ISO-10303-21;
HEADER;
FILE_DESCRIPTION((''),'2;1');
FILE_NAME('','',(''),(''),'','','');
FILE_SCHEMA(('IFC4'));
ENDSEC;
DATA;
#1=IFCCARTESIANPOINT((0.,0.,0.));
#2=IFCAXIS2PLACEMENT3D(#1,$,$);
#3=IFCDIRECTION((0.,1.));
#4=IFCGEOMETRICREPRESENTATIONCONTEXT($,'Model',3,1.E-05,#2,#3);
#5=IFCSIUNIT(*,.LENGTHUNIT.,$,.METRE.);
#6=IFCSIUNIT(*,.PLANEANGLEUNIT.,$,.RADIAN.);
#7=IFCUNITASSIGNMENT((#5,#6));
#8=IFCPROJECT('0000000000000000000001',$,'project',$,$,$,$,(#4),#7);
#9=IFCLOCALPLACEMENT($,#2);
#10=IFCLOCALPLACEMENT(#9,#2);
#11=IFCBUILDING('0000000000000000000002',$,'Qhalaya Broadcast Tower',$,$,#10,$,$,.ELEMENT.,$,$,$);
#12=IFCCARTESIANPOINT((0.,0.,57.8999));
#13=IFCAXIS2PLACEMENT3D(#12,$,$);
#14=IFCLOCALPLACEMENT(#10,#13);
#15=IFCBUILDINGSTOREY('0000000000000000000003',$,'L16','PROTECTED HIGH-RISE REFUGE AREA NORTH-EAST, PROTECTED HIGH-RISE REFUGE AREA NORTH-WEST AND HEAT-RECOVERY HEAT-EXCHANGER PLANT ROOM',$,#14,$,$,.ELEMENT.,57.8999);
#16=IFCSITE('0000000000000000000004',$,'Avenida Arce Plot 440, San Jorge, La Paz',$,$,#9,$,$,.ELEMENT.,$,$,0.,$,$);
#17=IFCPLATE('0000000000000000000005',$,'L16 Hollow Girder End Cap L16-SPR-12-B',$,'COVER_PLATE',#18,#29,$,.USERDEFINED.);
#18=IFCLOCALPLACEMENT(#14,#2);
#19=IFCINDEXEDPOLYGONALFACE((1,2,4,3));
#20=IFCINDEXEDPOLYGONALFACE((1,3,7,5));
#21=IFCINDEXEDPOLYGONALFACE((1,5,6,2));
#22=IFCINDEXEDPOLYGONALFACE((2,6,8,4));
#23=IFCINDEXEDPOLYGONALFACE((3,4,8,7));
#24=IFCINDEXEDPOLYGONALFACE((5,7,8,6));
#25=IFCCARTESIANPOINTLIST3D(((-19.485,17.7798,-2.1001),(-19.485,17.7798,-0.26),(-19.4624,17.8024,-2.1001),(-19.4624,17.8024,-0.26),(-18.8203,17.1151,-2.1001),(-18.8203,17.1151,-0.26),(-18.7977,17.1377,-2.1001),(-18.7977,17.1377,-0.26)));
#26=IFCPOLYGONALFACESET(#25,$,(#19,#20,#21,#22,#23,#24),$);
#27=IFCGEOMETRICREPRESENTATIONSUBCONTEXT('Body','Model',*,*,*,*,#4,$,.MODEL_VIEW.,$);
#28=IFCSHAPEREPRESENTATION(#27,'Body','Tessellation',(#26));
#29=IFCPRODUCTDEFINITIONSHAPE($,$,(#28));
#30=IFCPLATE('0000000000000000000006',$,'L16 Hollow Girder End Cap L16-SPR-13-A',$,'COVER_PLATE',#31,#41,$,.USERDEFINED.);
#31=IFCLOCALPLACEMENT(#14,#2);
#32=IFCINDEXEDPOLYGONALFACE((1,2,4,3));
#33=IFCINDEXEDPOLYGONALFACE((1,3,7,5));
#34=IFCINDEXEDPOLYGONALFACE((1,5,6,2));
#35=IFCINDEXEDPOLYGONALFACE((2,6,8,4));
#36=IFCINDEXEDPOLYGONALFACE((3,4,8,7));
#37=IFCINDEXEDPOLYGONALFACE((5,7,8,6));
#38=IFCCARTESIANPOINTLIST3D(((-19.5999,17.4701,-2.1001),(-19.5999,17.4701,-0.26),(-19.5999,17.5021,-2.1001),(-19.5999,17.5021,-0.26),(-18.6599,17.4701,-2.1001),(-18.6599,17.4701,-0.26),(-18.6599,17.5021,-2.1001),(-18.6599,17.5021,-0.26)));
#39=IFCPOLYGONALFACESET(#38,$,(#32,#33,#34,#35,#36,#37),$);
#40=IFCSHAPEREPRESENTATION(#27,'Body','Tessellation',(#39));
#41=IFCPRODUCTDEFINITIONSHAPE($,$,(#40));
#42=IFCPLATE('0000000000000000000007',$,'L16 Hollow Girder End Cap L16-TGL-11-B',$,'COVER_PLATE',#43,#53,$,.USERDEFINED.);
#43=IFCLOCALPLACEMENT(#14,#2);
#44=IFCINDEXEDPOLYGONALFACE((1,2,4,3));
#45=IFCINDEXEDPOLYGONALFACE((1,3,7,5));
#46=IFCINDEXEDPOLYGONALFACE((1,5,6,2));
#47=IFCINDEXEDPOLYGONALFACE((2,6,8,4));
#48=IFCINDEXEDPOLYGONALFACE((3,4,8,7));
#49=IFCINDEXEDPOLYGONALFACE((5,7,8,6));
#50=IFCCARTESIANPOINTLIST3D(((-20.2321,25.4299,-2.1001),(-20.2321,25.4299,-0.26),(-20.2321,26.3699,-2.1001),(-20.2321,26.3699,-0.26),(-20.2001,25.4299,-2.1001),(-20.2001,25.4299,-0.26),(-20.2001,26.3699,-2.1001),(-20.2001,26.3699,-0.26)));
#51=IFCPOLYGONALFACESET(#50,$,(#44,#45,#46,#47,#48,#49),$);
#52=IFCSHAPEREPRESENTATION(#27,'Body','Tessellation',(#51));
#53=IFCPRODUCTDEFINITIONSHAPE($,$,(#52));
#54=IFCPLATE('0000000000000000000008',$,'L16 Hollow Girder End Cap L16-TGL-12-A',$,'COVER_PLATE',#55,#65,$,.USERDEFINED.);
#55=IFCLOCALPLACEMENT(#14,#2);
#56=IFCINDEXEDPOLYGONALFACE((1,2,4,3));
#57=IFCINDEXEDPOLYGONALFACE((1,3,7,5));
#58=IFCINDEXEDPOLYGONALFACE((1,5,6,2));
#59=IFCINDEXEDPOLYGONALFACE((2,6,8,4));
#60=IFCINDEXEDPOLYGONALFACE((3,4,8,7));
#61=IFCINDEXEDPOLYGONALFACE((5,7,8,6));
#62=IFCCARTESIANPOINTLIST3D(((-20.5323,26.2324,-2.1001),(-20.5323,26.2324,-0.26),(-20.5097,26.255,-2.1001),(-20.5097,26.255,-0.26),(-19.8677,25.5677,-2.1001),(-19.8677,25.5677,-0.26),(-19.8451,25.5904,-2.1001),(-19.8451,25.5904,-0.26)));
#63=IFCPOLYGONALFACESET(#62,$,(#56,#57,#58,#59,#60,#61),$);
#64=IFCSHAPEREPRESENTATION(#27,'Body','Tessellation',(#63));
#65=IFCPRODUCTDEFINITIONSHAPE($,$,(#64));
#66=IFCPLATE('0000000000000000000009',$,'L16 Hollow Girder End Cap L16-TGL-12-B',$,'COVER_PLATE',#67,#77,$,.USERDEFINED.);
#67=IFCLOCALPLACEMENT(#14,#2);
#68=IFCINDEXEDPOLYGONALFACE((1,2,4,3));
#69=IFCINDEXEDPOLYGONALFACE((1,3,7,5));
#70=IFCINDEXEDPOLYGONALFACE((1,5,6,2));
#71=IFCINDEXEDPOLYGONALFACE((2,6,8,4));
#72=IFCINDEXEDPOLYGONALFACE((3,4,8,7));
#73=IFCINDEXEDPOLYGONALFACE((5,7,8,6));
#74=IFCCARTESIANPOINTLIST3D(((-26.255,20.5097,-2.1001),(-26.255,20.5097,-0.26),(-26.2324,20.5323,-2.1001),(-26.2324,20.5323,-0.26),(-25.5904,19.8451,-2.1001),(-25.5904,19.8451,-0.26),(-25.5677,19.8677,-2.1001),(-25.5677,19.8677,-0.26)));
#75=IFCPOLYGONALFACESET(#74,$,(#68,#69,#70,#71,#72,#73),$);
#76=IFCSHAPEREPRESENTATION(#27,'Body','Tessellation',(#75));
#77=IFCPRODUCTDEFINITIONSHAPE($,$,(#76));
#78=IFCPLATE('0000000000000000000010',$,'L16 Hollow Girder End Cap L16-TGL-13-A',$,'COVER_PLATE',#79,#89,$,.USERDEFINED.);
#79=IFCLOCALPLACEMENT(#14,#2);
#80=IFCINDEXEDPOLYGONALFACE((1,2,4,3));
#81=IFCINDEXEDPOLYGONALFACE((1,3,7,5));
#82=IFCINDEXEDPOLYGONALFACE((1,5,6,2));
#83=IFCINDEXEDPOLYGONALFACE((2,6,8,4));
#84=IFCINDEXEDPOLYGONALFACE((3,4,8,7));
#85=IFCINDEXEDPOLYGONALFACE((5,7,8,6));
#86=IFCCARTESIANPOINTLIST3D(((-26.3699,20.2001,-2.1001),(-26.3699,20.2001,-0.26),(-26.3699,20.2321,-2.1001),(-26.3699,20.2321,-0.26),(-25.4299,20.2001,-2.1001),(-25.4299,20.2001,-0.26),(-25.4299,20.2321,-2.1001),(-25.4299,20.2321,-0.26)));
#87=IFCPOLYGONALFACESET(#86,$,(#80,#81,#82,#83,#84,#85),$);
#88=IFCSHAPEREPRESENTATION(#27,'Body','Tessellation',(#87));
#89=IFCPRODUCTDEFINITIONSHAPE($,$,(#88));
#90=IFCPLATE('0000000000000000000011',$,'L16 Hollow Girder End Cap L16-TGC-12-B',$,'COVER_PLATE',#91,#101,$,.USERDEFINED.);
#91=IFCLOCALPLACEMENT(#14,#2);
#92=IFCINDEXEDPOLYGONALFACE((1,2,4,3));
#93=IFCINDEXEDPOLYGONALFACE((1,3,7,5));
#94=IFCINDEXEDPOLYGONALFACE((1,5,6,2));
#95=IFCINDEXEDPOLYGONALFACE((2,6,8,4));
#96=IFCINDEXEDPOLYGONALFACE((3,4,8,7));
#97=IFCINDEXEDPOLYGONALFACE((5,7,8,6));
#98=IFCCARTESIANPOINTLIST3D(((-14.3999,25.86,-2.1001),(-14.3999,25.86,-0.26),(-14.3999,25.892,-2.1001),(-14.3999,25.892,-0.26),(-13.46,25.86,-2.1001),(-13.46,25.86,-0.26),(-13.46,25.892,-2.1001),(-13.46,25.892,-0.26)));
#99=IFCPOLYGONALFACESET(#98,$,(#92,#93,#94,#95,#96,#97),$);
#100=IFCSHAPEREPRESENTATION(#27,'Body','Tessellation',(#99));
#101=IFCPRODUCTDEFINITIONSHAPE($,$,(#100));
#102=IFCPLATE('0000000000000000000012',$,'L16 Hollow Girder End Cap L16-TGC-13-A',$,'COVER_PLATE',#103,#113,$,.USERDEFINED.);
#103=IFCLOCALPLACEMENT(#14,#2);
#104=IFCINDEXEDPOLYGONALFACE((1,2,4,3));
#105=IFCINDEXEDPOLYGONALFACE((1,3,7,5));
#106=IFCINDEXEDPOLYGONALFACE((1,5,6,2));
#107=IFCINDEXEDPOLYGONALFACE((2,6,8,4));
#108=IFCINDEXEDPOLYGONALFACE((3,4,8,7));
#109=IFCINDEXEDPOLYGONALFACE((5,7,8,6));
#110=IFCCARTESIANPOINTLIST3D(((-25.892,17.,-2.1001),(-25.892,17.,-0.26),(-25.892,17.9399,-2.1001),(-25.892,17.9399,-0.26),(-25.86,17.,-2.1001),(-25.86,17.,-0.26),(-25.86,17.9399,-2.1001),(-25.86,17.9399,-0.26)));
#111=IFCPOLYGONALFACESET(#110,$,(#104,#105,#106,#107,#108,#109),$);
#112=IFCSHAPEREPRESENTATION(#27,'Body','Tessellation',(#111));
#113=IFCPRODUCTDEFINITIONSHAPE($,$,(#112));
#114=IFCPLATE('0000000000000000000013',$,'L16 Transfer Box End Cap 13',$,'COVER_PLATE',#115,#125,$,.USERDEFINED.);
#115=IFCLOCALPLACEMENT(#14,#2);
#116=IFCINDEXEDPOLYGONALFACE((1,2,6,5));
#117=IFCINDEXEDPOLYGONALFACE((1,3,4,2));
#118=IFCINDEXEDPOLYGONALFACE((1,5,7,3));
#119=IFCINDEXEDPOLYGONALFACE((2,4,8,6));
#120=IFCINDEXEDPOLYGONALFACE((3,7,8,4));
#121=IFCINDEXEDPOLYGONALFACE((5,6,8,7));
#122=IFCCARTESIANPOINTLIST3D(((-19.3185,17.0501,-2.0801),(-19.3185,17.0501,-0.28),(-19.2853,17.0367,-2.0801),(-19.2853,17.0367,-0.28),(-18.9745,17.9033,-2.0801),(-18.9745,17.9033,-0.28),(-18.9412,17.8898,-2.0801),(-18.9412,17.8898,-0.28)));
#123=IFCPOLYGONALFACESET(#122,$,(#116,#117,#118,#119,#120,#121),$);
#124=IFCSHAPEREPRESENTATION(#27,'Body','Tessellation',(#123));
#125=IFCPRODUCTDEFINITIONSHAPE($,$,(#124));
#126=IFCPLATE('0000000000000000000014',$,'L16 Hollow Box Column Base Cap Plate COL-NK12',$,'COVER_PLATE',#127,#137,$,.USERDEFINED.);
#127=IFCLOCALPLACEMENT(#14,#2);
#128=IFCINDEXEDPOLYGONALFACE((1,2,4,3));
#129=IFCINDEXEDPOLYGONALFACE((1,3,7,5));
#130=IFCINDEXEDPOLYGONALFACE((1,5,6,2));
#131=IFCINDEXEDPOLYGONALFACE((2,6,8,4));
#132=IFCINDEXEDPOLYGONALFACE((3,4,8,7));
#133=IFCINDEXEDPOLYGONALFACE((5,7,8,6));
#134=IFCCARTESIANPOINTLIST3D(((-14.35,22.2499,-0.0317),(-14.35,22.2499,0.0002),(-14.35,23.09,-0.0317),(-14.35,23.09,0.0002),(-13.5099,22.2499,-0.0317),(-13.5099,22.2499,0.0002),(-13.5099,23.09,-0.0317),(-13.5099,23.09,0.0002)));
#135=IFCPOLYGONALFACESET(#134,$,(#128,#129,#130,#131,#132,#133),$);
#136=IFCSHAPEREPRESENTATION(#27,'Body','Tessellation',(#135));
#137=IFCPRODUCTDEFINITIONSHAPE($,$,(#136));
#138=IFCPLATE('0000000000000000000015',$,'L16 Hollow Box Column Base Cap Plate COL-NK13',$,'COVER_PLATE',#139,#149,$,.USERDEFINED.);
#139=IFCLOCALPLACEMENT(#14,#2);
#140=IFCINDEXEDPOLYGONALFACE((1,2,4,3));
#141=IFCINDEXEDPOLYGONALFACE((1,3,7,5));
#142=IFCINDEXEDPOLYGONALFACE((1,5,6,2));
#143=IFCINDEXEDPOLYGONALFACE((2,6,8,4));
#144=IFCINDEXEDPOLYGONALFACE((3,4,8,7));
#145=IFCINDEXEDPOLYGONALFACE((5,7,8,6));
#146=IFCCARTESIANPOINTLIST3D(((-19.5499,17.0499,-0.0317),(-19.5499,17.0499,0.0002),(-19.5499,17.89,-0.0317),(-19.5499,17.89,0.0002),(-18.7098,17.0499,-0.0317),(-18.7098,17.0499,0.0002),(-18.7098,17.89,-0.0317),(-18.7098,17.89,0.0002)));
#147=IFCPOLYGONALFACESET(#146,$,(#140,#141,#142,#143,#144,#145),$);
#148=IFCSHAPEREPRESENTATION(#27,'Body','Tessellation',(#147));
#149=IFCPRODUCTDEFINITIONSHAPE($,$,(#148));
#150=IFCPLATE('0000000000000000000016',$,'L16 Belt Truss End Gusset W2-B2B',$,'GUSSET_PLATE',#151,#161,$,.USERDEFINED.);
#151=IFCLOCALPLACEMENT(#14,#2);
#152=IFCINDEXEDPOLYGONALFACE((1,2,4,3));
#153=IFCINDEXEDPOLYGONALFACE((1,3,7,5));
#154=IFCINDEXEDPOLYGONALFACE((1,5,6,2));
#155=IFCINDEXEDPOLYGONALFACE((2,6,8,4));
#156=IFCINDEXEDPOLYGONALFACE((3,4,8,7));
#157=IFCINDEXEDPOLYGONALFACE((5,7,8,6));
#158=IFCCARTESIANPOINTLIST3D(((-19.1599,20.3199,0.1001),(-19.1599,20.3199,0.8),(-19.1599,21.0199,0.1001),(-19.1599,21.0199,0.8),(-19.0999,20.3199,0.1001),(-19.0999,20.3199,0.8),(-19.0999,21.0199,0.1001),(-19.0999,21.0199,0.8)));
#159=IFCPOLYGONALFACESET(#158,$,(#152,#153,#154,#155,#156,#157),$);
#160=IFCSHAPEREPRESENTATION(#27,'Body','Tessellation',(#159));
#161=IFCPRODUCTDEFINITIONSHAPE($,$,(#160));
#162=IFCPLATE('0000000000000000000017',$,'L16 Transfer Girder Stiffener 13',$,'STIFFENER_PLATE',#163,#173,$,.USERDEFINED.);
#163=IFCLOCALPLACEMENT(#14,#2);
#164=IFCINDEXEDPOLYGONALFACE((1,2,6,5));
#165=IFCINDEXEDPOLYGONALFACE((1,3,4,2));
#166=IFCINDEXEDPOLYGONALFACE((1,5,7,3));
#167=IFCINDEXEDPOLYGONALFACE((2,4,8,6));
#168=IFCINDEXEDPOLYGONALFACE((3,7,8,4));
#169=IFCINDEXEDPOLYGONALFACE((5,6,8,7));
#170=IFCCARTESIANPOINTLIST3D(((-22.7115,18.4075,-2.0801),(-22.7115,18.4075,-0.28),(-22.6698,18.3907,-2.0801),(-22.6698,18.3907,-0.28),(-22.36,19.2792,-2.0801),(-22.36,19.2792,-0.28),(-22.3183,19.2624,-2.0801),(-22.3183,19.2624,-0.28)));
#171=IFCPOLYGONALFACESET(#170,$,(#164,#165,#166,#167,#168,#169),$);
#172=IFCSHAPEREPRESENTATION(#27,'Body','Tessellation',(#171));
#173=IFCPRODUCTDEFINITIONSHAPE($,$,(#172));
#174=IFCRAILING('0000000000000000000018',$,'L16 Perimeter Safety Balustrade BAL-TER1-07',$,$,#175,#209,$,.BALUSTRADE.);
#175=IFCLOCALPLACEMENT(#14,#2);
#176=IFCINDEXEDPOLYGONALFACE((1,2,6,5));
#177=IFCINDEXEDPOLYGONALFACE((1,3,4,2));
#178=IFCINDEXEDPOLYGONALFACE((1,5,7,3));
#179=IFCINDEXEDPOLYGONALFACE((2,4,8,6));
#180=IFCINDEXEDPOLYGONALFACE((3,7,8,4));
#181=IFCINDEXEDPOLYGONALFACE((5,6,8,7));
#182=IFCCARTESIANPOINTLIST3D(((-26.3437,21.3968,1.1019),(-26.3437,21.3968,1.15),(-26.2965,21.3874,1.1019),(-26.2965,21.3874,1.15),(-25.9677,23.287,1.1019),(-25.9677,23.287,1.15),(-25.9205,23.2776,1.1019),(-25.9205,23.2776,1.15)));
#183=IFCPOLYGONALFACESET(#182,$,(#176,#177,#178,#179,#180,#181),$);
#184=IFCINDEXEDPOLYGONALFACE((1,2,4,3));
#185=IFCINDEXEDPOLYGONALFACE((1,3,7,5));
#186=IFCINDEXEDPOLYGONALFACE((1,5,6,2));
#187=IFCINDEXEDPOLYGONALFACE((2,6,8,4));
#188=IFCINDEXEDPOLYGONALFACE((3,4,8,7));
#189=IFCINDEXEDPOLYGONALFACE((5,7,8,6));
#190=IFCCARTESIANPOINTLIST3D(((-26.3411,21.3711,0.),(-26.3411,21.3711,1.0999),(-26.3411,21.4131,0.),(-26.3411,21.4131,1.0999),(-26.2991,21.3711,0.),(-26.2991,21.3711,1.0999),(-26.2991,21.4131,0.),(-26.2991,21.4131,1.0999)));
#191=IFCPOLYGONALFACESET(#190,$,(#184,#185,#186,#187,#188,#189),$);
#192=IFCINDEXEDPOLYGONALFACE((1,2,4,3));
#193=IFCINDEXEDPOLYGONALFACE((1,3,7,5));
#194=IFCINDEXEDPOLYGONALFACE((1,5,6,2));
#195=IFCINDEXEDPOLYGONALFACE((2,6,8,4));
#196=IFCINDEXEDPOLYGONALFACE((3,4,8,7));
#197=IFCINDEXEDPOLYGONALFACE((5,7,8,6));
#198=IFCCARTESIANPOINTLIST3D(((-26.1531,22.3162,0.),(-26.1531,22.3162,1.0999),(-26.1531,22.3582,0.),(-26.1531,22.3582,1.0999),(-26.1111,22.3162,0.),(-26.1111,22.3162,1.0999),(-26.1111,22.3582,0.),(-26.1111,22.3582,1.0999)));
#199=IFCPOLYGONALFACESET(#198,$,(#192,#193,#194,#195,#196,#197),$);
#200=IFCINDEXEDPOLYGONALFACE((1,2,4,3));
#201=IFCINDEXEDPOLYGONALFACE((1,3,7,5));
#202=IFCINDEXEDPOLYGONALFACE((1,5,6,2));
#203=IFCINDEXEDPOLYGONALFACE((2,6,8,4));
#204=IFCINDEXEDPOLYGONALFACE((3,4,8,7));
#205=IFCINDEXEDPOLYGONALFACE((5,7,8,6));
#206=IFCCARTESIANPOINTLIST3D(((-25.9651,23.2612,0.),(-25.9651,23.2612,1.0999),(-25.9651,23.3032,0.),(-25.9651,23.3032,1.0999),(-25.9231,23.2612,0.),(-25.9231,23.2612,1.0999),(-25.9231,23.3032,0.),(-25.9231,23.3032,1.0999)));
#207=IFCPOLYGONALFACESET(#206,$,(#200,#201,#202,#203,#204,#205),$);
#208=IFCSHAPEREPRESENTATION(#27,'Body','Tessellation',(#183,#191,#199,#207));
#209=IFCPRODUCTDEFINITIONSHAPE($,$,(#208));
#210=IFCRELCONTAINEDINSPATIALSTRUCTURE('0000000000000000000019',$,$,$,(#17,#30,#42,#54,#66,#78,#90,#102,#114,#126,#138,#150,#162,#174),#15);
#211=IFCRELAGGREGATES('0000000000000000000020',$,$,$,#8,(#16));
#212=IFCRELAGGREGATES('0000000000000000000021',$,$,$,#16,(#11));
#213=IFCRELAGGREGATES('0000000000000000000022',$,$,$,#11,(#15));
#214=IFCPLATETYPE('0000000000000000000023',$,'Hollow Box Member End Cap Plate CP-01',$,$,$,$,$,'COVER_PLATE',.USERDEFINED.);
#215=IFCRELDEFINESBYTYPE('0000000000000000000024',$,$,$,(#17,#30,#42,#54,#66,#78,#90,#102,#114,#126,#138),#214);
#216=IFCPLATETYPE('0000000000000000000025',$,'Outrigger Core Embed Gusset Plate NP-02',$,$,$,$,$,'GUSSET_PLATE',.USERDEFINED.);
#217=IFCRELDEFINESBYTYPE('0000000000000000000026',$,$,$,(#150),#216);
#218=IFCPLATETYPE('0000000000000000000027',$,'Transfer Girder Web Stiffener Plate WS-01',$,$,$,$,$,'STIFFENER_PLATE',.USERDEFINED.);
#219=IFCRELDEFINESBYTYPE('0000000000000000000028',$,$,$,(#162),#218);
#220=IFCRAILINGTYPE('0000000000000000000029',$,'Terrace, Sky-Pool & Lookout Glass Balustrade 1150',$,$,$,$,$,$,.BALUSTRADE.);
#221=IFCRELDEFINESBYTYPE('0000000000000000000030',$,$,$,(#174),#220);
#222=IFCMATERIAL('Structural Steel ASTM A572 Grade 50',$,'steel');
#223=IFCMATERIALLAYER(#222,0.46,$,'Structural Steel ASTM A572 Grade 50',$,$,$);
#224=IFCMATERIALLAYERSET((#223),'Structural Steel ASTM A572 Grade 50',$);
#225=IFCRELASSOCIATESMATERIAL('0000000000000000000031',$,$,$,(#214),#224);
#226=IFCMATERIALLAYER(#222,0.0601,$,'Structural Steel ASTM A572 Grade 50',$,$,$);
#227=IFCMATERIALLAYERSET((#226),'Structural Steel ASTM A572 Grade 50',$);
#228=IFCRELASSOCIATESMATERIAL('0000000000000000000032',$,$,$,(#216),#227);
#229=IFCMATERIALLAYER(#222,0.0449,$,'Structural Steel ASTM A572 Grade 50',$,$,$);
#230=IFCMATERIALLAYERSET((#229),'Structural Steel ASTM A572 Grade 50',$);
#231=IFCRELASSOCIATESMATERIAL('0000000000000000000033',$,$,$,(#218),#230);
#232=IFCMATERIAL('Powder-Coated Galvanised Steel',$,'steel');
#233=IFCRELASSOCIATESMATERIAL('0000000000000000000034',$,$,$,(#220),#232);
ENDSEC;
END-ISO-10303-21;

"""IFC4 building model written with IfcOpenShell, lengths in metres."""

from ifc_helpers import new_model, si_unit, direction, frame, origin, origin_2d, place, context, subcontext, project, spatial, rectangle, extrude, material, layer, layer_set, type_object, element, save


model = new_model("IFC4")

# Units and contexts
model_context = context("Model", 3, precision=1e-05, world=origin(), true_north=direction((0.0, 1.0)))
body_context = subcontext(model_context, "Body", "Model", "MODEL_VIEW")
ifc_project = project(units=[si_unit("LENGTHUNIT", "METRE"), si_unit("PLANEANGLEUNIT", "RADIAN")], contexts=[model_context])

# Site, building, storey
site_placement = place(None, origin())
site = spatial("IfcSite", under=ifc_project, at=site_placement, Name="Avenida Arce Plot 440, San Jorge, La Paz", CompositionType="ELEMENT", RefElevation=0.0)
building_placement = place(site_placement, origin())
building = spatial("IfcBuilding", under=site, at=building_placement, Name="Qhalaya Broadcast Tower", CompositionType="ELEMENT")
storey_placement = place(building_placement, frame((0.0, 0.0, 57.8999)))
storey = spatial("IfcBuildingStorey", under=building, at=storey_placement, Name="L16", Description="PROTECTED HIGH-RISE REFUGE AREA NORTH-EAST, PROTECTED HIGH-RISE REFUGE AREA NORTH-WEST AND HEAT-RECOVERY HEAT-EXCHANGER PLANT ROOM", CompositionType="ELEMENT", Elevation=57.8999)

# Shared definitions
ifc_material_1 = material(Name="Structural Steel ASTM A572 Grade 50", Category="steel")

# Plates
ifc_layer_1 = layer(ifc_material_1, 0.46, Name="Structural Steel ASTM A572 Grade 50")
ifc_layer_set_1 = layer_set([ifc_layer_1], Name="Structural Steel ASTM A572 Grade 50")
plate_type_1 = type_object("IfcPlateType", Name="Hollow Box Member End Cap Plate CP-01", ElementType="COVER_PLATE", PredefinedType="USERDEFINED", material=ifc_layer_set_1)
for number, where, z_axis, x_axis, name in (
    (1, (-19.1414, 17.4587, -2.1001), (0.0, 0.0, 1.0), (0.707107, -0.707107, 0.0), "L16 Hollow Girder End Cap L16-SPR-12-B"),
    (2, (-19.1299, 17.4861, -2.1001), (0.0, 0.0, 1.0), (1.0, 0.0, 0.0), "L16 Hollow Girder End Cap L16-SPR-13-A"),
    (3, (-20.2161, 25.8999, -2.1001), (0.0, 0.0, 1.0), (0.0, -1.0, 0.0), "L16 Hollow Girder End Cap L16-TGL-11-B"),
    (4, (-20.1887, 25.9114, -2.1001), (0.0, 0.0, 1.0), (0.707107, -0.707107, 0.0), "L16 Hollow Girder End Cap L16-TGL-12-A"),
    (5, (-25.9114, 20.1887, -2.1001), (0.0, 0.0, 1.0), (0.707107, -0.707107, 0.0), "L16 Hollow Girder End Cap L16-TGL-12-B"),
    (6, (-25.8999, 20.2161, -2.1001), (0.0, 0.0, 1.0), (1.0, 0.0, 0.0), "L16 Hollow Girder End Cap L16-TGL-13-A"),
    (7, (-13.9299, 25.876, -2.1001), (0.0, 0.0, 1.0), (-1.0, 0.0, 0.0), "L16 Hollow Girder End Cap L16-TGC-12-B"),
    (8, (-25.876, 17.47, -2.1001), (0.0, 0.0, 1.0), (0.0, 1.0, 0.0), "L16 Hollow Girder End Cap L16-TGC-13-A"),
):
    element("IfcPlate", number, at=place(storey_placement, frame(where, z_axis=z_axis, x_axis=x_axis)), inside=storey, type_object=plate_type_1, Name=name, ObjectType="COVER_PLATE", PredefinedType="USERDEFINED", context=body_context, shape_type="SweptSolid", body=[
        extrude(rectangle(XDim=0.9399, YDim=0.032, at=origin_2d()), origin(), (0.0, 0.0, 1.0), 1.8401),
    ])
plate_1_placement = place(storey_placement, frame((-19.1299, 17.47, -2.0801), z_axis=(0.0, 0.0, 1.0), x_axis=(0.373992, 0.927432, 0.0)))
element("IfcPlate", 9, at=plate_1_placement, inside=storey, type_object=plate_type_1, Name="L16 Transfer Box End Cap 13", ObjectType="COVER_PLATE", PredefinedType="USERDEFINED", context=body_context, shape_type="SweptSolid", body=[
    extrude(rectangle(XDim=0.9199, YDim=0.0359, at=origin_2d()), origin(), (0.0, 0.0, 1.0), 1.8),
])
for number, where, z_axis, x_axis, name in (
    (10, (-13.9299, 22.6699, -0.0317), (0.0, 0.0, 1.0), (1.0, 0.0, 0.0), "L16 Hollow Box Column Base Cap Plate COL-NK12"),
    (11, (-19.1299, 17.47, -0.0317), (0.0, 0.0, 1.0), (0.0, 1.0, 0.0), "L16 Hollow Box Column Base Cap Plate COL-NK13"),
):
    element("IfcPlate", number, at=place(storey_placement, frame(where, z_axis=z_axis, x_axis=x_axis)), inside=storey, type_object=plate_type_1, Name=name, ObjectType="COVER_PLATE", PredefinedType="USERDEFINED", context=body_context, shape_type="SweptSolid", body=[
        extrude(rectangle(XDim=0.8401, YDim=0.8401, at=origin_2d()), origin(), (0.0, 0.0, 1.0), 0.032),
    ])
ifc_layer_2 = layer(ifc_material_1, 0.0601, Name="Structural Steel ASTM A572 Grade 50")
ifc_layer_set_2 = layer_set([ifc_layer_2], Name="Structural Steel ASTM A572 Grade 50")
plate_type_2 = type_object("IfcPlateType", Name="Outrigger Core Embed Gusset Plate NP-02", ElementType="GUSSET_PLATE", PredefinedType="USERDEFINED", material=ifc_layer_set_2)
plate_2_placement = place(storey_placement, frame((-19.1299, 20.6699, 0.1001), z_axis=(0.0, 0.0, 1.0), x_axis=(0.0, 1.0, 0.0)))
element("IfcPlate", 12, at=plate_2_placement, inside=storey, type_object=plate_type_2, Name="L16 Belt Truss End Gusset W2-B2B", ObjectType="GUSSET_PLATE", PredefinedType="USERDEFINED", context=body_context, shape_type="SweptSolid", body=[
    extrude(rectangle(XDim=0.7, YDim=0.0601, at=origin_2d()), origin(), (0.0, 0.0, 1.0), 0.7),
])
ifc_layer_3 = layer(ifc_material_1, 0.0449, Name="Structural Steel ASTM A572 Grade 50")
ifc_layer_set_3 = layer_set([ifc_layer_3], Name="Structural Steel ASTM A572 Grade 50")
plate_type_3 = type_object("IfcPlateType", Name="Transfer Girder Web Stiffener Plate WS-01", ElementType="STIFFENER_PLATE", PredefinedType="USERDEFINED", material=ifc_layer_set_3)
plate_3_placement = place(storey_placement, frame((-22.5149, 18.835, -2.0801), z_axis=(0.0, 0.0, 1.0), x_axis=(0.373992, 0.927432, 0.0)))
element("IfcPlate", 13, at=plate_3_placement, inside=storey, type_object=plate_type_3, Name="L16 Transfer Girder Stiffener 13", ObjectType="STIFFENER_PLATE", PredefinedType="USERDEFINED", context=body_context, shape_type="SweptSolid", body=[
    extrude(rectangle(XDim=0.9399, YDim=0.0449, at=origin_2d()), origin(), (0.0, 0.0, 1.0), 1.8),
])

# Railing
ifc_material_2 = material(Name="Powder-Coated Galvanised Steel", Category="steel")
railing_type = type_object("IfcRailingType", Name="Terrace, Sky-Pool & Lookout Glass Balustrade 1150", PredefinedType="BALUSTRADE", material=ifc_material_2)
railing_1_placement = place(storey_placement, frame((-26.3201, 21.3921, 0.0)))
element("IfcRailing", 14, at=railing_1_placement, inside=storey, type_object=railing_type, Name="L16 Perimeter Safety Balustrade BAL-TER1-07", PredefinedType="BALUSTRADE", context=body_context, shape_type="SweptSolid", body=[
    extrude(rectangle(XDim=0.0481, YDim=0.0481, at=origin_2d()), frame((0.0, 0.0, 1.126), z_axis=(0.195093, 0.980785, 0.0), x_axis=(-0.980785, 0.195093, 0.0)), (0.0, 0.0, 1.0), 1.9272),
    extrude(rectangle(XDim=0.042, YDim=0.042, at=origin_2d()), origin(), (0.0, 0.0, 1.0), 1.0999),
    extrude(rectangle(XDim=0.042, YDim=0.042, at=origin_2d()), frame((0.188, 0.9451, 0.0)), (0.0, 0.0, 1.0), 1.0999),
    extrude(rectangle(XDim=0.042, YDim=0.042, at=origin_2d()), frame((0.376, 1.8901, 0.0)), (0.0, 0.0, 1.0), 1.0999),
])

save(model, "model.ifc")
